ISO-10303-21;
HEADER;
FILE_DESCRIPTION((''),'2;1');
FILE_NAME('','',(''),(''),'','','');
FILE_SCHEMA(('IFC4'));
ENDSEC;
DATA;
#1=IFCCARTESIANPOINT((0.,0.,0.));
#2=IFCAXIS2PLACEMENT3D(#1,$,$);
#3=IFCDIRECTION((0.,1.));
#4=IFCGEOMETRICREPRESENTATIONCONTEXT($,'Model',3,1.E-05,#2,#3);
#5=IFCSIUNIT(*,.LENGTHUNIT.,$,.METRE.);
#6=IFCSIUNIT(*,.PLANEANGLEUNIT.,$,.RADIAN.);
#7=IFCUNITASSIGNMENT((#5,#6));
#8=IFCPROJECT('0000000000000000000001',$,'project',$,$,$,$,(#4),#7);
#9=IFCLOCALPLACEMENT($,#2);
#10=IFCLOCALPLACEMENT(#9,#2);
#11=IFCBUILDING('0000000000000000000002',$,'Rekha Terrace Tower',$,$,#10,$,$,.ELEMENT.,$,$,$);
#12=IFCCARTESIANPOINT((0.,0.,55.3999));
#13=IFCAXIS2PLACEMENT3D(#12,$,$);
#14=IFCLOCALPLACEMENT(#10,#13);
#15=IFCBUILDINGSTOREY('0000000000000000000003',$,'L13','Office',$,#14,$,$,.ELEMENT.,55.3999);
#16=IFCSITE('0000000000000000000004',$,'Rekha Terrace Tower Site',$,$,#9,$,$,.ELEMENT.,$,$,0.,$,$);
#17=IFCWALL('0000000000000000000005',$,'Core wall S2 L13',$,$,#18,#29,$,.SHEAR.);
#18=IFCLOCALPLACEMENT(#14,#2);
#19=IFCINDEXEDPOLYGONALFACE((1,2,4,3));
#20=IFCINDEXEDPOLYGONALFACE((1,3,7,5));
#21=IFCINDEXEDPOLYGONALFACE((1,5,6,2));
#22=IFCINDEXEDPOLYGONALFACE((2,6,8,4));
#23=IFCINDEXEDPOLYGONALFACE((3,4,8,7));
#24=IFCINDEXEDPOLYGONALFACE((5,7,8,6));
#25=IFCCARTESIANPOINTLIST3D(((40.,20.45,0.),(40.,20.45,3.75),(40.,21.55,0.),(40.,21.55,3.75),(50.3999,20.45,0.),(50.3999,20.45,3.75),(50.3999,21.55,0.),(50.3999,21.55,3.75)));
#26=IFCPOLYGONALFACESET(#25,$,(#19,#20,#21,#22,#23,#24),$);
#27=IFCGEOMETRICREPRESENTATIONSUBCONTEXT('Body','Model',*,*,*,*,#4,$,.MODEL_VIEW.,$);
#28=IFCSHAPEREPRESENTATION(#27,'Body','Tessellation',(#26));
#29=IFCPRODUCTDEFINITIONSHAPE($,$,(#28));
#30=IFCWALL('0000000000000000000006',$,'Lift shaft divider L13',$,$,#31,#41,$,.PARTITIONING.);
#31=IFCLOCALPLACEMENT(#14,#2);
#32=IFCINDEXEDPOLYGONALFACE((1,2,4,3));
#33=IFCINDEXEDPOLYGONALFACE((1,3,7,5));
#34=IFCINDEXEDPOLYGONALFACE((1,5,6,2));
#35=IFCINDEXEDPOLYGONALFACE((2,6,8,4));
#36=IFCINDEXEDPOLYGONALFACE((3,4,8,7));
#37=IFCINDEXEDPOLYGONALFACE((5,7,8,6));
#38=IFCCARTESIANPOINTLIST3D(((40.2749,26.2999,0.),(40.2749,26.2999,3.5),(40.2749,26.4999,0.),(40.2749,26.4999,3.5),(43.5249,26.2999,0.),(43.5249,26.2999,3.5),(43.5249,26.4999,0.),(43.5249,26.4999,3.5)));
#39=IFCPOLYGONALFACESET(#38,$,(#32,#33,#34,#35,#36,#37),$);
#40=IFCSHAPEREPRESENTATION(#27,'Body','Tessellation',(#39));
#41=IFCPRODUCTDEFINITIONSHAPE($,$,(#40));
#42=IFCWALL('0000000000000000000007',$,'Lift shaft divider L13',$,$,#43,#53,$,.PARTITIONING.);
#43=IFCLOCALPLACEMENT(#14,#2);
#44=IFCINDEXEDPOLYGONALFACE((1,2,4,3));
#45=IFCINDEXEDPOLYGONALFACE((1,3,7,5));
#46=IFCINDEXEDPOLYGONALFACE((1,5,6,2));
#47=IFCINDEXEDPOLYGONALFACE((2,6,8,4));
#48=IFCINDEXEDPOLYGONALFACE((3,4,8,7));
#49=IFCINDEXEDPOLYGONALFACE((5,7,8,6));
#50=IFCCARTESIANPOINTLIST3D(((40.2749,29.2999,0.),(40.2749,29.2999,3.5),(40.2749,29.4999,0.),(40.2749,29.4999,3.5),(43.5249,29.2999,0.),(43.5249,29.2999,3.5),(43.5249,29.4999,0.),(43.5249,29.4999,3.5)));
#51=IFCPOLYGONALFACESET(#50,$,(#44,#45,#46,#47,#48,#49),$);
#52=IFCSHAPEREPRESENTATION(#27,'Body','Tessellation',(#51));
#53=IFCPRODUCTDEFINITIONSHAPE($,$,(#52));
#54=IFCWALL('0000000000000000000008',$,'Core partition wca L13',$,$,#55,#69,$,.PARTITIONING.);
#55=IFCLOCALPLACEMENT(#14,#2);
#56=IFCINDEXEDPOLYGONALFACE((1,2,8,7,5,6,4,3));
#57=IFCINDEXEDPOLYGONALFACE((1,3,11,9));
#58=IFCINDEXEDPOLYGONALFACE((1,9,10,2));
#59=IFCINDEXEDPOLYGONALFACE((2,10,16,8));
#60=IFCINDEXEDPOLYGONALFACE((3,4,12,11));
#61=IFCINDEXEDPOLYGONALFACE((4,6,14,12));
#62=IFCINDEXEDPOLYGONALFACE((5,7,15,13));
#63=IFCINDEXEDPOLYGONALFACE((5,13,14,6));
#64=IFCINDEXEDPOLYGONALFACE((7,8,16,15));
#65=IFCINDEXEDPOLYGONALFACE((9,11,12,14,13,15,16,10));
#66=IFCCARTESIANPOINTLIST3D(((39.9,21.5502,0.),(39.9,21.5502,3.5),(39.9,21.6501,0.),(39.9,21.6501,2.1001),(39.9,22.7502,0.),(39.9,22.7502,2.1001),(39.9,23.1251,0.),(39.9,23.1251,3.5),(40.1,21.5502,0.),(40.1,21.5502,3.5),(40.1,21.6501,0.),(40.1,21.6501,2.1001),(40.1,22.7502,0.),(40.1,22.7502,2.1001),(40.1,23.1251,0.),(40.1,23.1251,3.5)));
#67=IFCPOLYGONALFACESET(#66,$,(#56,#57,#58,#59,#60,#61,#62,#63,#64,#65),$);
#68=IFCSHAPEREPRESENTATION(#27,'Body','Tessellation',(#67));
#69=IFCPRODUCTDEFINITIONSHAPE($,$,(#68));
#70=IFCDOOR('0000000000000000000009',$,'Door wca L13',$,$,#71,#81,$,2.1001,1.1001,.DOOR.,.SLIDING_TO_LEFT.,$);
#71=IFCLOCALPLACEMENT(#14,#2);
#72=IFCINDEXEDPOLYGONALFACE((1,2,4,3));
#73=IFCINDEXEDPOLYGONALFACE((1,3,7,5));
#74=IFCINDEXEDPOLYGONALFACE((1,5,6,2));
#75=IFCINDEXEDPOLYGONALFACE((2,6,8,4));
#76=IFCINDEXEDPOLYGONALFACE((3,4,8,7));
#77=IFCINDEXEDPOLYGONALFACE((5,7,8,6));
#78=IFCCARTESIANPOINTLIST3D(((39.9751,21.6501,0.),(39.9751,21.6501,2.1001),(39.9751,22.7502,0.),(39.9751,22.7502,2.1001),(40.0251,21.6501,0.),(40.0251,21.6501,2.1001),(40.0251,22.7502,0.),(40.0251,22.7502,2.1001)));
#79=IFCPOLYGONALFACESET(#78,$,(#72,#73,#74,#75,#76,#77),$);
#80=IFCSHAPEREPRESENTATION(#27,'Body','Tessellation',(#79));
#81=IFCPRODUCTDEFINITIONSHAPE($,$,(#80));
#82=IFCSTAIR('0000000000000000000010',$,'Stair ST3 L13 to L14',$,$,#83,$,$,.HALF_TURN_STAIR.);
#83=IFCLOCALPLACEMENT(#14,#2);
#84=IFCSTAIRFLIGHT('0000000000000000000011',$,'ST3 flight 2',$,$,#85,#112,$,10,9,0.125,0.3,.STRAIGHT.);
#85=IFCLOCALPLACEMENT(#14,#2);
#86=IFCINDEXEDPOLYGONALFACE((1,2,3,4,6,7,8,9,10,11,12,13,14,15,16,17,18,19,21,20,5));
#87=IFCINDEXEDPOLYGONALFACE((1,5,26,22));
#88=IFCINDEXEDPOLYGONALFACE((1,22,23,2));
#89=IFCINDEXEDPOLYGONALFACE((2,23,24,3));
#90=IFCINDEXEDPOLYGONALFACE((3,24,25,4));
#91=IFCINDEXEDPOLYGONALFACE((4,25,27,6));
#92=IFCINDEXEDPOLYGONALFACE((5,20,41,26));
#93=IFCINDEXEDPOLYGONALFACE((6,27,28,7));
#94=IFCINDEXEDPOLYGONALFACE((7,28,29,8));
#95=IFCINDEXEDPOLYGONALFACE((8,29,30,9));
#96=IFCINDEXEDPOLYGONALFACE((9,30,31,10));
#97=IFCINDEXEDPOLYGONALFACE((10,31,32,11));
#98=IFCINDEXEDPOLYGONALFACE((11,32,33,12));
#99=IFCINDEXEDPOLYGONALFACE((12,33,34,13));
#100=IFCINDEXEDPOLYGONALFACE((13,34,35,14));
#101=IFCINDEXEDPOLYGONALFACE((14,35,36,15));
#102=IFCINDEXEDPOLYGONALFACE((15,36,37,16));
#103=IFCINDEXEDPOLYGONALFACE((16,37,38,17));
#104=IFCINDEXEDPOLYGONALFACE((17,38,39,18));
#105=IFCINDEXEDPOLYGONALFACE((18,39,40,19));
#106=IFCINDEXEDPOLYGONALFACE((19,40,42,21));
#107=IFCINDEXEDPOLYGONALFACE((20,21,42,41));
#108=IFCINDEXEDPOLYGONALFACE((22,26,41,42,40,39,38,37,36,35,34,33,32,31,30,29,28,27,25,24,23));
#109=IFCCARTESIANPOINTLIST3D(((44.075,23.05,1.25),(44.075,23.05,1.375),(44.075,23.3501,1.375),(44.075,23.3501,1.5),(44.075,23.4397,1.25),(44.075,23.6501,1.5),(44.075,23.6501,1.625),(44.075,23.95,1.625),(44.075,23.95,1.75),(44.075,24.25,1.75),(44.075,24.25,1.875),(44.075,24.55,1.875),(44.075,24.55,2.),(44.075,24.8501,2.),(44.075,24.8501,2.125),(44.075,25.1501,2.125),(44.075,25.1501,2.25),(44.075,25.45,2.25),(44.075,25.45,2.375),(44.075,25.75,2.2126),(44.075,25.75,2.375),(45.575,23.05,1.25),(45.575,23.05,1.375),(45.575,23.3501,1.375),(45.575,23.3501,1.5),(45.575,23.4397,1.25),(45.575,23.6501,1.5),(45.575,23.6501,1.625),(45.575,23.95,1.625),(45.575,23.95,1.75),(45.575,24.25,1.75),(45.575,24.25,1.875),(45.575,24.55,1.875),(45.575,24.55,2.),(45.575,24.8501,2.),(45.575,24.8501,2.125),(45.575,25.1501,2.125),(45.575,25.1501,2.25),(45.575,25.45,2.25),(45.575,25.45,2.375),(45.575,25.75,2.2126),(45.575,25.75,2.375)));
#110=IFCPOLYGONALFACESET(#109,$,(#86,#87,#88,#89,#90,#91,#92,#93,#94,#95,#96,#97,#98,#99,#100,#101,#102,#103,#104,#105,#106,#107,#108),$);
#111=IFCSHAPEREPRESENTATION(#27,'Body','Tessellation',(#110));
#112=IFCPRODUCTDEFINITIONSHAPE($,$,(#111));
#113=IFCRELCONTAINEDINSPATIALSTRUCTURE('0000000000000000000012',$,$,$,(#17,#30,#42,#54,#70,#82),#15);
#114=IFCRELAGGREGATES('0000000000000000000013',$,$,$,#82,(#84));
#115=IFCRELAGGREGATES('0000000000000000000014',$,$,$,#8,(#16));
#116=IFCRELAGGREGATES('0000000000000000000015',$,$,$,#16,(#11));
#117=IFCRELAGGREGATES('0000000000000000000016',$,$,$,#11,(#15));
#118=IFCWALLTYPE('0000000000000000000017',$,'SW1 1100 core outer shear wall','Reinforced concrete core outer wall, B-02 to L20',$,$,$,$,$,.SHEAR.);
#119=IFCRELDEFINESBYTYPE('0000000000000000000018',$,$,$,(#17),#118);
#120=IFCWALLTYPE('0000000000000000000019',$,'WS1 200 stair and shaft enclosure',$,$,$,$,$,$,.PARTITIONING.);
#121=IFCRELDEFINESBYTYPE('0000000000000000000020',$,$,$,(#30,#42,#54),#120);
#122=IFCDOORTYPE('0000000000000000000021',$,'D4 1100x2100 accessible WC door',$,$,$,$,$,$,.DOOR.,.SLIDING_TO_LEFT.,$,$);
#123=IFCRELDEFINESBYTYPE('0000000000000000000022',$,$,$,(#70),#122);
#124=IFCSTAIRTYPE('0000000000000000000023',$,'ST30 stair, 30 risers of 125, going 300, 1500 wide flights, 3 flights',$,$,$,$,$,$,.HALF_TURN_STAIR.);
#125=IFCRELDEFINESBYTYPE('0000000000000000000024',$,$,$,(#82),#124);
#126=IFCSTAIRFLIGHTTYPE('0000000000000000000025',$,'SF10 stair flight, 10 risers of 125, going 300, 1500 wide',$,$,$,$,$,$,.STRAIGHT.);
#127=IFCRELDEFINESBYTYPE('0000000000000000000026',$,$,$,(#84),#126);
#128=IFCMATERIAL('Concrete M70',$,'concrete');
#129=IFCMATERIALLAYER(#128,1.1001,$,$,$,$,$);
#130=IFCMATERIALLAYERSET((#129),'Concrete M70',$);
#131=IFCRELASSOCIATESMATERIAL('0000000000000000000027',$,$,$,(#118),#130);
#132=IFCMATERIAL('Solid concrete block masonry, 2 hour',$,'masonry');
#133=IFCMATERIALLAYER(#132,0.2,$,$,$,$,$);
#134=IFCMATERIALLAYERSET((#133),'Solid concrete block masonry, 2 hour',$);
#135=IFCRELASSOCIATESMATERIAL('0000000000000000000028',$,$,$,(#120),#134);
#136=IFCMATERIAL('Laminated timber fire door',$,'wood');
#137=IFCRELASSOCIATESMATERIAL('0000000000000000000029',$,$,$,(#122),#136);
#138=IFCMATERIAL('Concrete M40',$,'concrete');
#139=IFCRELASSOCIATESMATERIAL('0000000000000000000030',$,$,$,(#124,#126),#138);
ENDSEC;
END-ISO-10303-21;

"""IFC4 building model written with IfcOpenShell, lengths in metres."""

from ifc_helpers import new_model, si_unit, direction, frame, frame_2d, origin, place, context, subcontext, project, spatial, polyline, rectangle, outline, extrude, material, layer, layer_set, type_object, element, fill, aggregate, save


model = new_model("IFC4")

# Units and contexts
model_context = context("Model", 3, precision=1e-05, world=origin(), true_north=direction((0.0, 1.0)))
body_context = subcontext(model_context, "Body", "Model", "MODEL_VIEW")
ifc_project = project(units=[si_unit("LENGTHUNIT", "METRE"), si_unit("PLANEANGLEUNIT", "RADIAN")], contexts=[model_context])

# Site, building, storey
site_placement = place(None, origin())
site = spatial("IfcSite", under=ifc_project, at=site_placement, Name="Rekha Terrace Tower Site", CompositionType="ELEMENT", RefElevation=0.0)
building_placement = place(site_placement, origin())
building = spatial("IfcBuilding", under=site, at=building_placement, Name="Rekha Terrace Tower", CompositionType="ELEMENT")
storey_placement = place(building_placement, frame((0.0, 0.0, 55.3999)))
storey = spatial("IfcBuildingStorey", under=building, at=storey_placement, Name="L13", Description="Office", CompositionType="ELEMENT", Elevation=55.3999)

# Shared definitions
ifc_material_1 = material(Name="Concrete M70", Category="concrete")

# Walls
ifc_layer_1 = layer(ifc_material_1, 1.1001)
ifc_layer_set_1 = layer_set([ifc_layer_1], Name="Concrete M70")
wall_type_1 = type_object("IfcWallType", Name="SW1 1100 core outer shear wall", Description="Reinforced concrete core outer wall, B-02 to L20", PredefinedType="SHEAR", material=ifc_layer_set_1)
wall_1_placement = place(storey_placement, frame((40.0, 21.0, 0.0), z_axis=(0.0, 0.0, 1.0), x_axis=(1.0, 0.0, 0.0)))
element("IfcWall", 1, at=wall_1_placement, inside=storey, type_object=wall_type_1, Name="Core wall S2 L13", PredefinedType="SHEAR", context=body_context, shape_type="SweptSolid", body=[
    extrude(rectangle(XDim=10.3999, YDim=1.1001, at=frame_2d((5.2, 0.0))), origin(), (0.0, 0.0, 1.0), 3.75),
])
ifc_material_2 = material(Name="Solid concrete block masonry, 2 hour", Category="masonry")
ifc_layer_2 = layer(ifc_material_2, 0.2)
ifc_layer_set_2 = layer_set([ifc_layer_2], Name="Solid concrete block masonry, 2 hour")
wall_type_2 = type_object("IfcWallType", Name="WS1 200 stair and shaft enclosure", PredefinedType="PARTITIONING", material=ifc_layer_set_2)
for number, where, z_axis, x_axis, name in (
    (2, (40.2749, 26.3999, 0.0), (0.0, 0.0, 1.0), (1.0, 0.0, 0.0), "Lift shaft divider L13"),
    (3, (40.2749, 29.3999, 0.0), (0.0, 0.0, 1.0), (1.0, 0.0, 0.0), "Lift shaft divider L13"),
):
    element("IfcWall", number, at=place(storey_placement, frame(where, z_axis=z_axis, x_axis=x_axis)), inside=storey, type_object=wall_type_2, Name=name, PredefinedType="PARTITIONING", context=body_context, shape_type="SweptSolid", body=[
        extrude(rectangle(XDim=3.25, YDim=0.2, at=frame_2d((1.625, 0.0))), origin(), (0.0, 0.0, 1.0), 3.5),
    ])

# Wall, opening, door
wall_2_placement = place(storey_placement, frame((40.0, 21.55, 0.0), z_axis=(0.0, 0.0, 1.0), x_axis=(0.0, 1.0, 0.0)))
wall_2 = element("IfcWall", 4, at=wall_2_placement, inside=storey, type_object=wall_type_2, Name="Core partition wca L13", PredefinedType="PARTITIONING", context=body_context, shape_type="SweptSolid", body=[
    extrude(rectangle(XDim=1.575, YDim=0.2, at=frame_2d((0.7876, 0.0))), origin(), (0.0, 0.0, 1.0), 3.5),
])
opening_1_placement = place(wall_2_placement, frame((0.1001, 0.0, 0.0)))
opening_1 = element("IfcOpeningElement", 5, at=opening_1_placement, cuts=wall_2, PredefinedType="OPENING", context=body_context, shape_type="SweptSolid", body=[
    extrude(rectangle(XDim=1.1001, YDim=2.1001, at=frame_2d((0.55, 1.05))), frame((0.0, 0.1099, 0.0), z_axis=(0.0, -1.0, 0.0), x_axis=(1.0, 0.0, 0.0)), (0.0, 0.0, 1.0), 0.22),
])
ifc_material_3 = material(Name="Laminated timber fire door", Category="wood")
door_type_1 = type_object("IfcDoorType", Name="D4 1100x2100 accessible WC door", OperationType="SLIDING_TO_LEFT", PredefinedType="DOOR", material=ifc_material_3)
door_1_placement = place(opening_1_placement, origin())
door_1 = element("IfcDoor", 6, at=door_1_placement, inside=storey, type_object=door_type_1, Name="Door wca L13", OperationType="SLIDING_TO_LEFT", OverallHeight=2.1001, OverallWidth=1.1001, PredefinedType="DOOR", context=body_context, shape_type="SweptSolid", body=[
    extrude(rectangle(XDim=1.1001, YDim=2.1001, at=frame_2d((0.55, 1.05))), frame((0.0, 0.0249, 0.0), z_axis=(0.0, -1.0, 0.0), x_axis=(1.0, 0.0, 0.0)), (0.0, 0.0, 1.0), 0.05),
])
fill(opening_1, door_1)

# Stair, stair flight
ifc_material_4 = material(Name="Concrete M40", Category="concrete")
stair_type = type_object("IfcStairType", Name="ST30 stair, 30 risers of 125, going 300, 1500 wide flights, 3 flights", PredefinedType="HALF_TURN_STAIR", material=ifc_material_4)
stair_placement = place(storey_placement, origin())
stair = element("IfcStair", 7, at=stair_placement, inside=storey, type_object=stair_type, Name="Stair ST3 L13 to L14", PredefinedType="HALF_TURN_STAIR")
stair_flight_type = type_object("IfcStairFlightType", Name="SF10 stair flight, 10 risers of 125, going 300, 1500 wide", PredefinedType="STRAIGHT", material=ifc_material_4)
stair_flight_placement = place(storey_placement, frame((44.825, 23.05, 1.25), z_axis=(0.0, 0.0, 1.0), x_axis=(0.0, 1.0, 0.0)))
stair_flight = element("IfcStairFlight", 8, at=stair_flight_placement, type_object=stair_flight_type, Name="ST3 flight 2", NumberOfRisers=10, NumberOfTreads=9, PredefinedType="STRAIGHT", RiserHeight=0.125, TreadLength=0.3, context=body_context, shape_type="SweptSolid", body=[
    extrude(outline(polyline([(0.0, 0.0), (0.0, 0.125), (0.3, 0.125), (0.3, 0.25), (0.6001, 0.25), (0.6001, 0.375), (0.8999, 0.375), (0.8999, 0.5), (1.2, 0.5), (1.2, 0.625), (1.5, 0.625), (1.5, 0.75), (1.8, 0.75), (1.8, 0.875), (2.1001, 0.875), (2.1001, 1.0), (2.3999, 1.0), (2.3999, 1.125), (2.7, 1.125), (2.7, 1.25), (2.7, 0.9626), (0.3896, 0.0), (0.0, 0.0)])), frame((0.0, 0.75, 0.0), z_axis=(0.0, -1.0, 0.0), x_axis=(1.0, 0.0, 0.0)), (0.0, 0.0, 1.0), 1.5),
])
aggregate(stair, [stair_flight])

save(model, "model.ifc")
